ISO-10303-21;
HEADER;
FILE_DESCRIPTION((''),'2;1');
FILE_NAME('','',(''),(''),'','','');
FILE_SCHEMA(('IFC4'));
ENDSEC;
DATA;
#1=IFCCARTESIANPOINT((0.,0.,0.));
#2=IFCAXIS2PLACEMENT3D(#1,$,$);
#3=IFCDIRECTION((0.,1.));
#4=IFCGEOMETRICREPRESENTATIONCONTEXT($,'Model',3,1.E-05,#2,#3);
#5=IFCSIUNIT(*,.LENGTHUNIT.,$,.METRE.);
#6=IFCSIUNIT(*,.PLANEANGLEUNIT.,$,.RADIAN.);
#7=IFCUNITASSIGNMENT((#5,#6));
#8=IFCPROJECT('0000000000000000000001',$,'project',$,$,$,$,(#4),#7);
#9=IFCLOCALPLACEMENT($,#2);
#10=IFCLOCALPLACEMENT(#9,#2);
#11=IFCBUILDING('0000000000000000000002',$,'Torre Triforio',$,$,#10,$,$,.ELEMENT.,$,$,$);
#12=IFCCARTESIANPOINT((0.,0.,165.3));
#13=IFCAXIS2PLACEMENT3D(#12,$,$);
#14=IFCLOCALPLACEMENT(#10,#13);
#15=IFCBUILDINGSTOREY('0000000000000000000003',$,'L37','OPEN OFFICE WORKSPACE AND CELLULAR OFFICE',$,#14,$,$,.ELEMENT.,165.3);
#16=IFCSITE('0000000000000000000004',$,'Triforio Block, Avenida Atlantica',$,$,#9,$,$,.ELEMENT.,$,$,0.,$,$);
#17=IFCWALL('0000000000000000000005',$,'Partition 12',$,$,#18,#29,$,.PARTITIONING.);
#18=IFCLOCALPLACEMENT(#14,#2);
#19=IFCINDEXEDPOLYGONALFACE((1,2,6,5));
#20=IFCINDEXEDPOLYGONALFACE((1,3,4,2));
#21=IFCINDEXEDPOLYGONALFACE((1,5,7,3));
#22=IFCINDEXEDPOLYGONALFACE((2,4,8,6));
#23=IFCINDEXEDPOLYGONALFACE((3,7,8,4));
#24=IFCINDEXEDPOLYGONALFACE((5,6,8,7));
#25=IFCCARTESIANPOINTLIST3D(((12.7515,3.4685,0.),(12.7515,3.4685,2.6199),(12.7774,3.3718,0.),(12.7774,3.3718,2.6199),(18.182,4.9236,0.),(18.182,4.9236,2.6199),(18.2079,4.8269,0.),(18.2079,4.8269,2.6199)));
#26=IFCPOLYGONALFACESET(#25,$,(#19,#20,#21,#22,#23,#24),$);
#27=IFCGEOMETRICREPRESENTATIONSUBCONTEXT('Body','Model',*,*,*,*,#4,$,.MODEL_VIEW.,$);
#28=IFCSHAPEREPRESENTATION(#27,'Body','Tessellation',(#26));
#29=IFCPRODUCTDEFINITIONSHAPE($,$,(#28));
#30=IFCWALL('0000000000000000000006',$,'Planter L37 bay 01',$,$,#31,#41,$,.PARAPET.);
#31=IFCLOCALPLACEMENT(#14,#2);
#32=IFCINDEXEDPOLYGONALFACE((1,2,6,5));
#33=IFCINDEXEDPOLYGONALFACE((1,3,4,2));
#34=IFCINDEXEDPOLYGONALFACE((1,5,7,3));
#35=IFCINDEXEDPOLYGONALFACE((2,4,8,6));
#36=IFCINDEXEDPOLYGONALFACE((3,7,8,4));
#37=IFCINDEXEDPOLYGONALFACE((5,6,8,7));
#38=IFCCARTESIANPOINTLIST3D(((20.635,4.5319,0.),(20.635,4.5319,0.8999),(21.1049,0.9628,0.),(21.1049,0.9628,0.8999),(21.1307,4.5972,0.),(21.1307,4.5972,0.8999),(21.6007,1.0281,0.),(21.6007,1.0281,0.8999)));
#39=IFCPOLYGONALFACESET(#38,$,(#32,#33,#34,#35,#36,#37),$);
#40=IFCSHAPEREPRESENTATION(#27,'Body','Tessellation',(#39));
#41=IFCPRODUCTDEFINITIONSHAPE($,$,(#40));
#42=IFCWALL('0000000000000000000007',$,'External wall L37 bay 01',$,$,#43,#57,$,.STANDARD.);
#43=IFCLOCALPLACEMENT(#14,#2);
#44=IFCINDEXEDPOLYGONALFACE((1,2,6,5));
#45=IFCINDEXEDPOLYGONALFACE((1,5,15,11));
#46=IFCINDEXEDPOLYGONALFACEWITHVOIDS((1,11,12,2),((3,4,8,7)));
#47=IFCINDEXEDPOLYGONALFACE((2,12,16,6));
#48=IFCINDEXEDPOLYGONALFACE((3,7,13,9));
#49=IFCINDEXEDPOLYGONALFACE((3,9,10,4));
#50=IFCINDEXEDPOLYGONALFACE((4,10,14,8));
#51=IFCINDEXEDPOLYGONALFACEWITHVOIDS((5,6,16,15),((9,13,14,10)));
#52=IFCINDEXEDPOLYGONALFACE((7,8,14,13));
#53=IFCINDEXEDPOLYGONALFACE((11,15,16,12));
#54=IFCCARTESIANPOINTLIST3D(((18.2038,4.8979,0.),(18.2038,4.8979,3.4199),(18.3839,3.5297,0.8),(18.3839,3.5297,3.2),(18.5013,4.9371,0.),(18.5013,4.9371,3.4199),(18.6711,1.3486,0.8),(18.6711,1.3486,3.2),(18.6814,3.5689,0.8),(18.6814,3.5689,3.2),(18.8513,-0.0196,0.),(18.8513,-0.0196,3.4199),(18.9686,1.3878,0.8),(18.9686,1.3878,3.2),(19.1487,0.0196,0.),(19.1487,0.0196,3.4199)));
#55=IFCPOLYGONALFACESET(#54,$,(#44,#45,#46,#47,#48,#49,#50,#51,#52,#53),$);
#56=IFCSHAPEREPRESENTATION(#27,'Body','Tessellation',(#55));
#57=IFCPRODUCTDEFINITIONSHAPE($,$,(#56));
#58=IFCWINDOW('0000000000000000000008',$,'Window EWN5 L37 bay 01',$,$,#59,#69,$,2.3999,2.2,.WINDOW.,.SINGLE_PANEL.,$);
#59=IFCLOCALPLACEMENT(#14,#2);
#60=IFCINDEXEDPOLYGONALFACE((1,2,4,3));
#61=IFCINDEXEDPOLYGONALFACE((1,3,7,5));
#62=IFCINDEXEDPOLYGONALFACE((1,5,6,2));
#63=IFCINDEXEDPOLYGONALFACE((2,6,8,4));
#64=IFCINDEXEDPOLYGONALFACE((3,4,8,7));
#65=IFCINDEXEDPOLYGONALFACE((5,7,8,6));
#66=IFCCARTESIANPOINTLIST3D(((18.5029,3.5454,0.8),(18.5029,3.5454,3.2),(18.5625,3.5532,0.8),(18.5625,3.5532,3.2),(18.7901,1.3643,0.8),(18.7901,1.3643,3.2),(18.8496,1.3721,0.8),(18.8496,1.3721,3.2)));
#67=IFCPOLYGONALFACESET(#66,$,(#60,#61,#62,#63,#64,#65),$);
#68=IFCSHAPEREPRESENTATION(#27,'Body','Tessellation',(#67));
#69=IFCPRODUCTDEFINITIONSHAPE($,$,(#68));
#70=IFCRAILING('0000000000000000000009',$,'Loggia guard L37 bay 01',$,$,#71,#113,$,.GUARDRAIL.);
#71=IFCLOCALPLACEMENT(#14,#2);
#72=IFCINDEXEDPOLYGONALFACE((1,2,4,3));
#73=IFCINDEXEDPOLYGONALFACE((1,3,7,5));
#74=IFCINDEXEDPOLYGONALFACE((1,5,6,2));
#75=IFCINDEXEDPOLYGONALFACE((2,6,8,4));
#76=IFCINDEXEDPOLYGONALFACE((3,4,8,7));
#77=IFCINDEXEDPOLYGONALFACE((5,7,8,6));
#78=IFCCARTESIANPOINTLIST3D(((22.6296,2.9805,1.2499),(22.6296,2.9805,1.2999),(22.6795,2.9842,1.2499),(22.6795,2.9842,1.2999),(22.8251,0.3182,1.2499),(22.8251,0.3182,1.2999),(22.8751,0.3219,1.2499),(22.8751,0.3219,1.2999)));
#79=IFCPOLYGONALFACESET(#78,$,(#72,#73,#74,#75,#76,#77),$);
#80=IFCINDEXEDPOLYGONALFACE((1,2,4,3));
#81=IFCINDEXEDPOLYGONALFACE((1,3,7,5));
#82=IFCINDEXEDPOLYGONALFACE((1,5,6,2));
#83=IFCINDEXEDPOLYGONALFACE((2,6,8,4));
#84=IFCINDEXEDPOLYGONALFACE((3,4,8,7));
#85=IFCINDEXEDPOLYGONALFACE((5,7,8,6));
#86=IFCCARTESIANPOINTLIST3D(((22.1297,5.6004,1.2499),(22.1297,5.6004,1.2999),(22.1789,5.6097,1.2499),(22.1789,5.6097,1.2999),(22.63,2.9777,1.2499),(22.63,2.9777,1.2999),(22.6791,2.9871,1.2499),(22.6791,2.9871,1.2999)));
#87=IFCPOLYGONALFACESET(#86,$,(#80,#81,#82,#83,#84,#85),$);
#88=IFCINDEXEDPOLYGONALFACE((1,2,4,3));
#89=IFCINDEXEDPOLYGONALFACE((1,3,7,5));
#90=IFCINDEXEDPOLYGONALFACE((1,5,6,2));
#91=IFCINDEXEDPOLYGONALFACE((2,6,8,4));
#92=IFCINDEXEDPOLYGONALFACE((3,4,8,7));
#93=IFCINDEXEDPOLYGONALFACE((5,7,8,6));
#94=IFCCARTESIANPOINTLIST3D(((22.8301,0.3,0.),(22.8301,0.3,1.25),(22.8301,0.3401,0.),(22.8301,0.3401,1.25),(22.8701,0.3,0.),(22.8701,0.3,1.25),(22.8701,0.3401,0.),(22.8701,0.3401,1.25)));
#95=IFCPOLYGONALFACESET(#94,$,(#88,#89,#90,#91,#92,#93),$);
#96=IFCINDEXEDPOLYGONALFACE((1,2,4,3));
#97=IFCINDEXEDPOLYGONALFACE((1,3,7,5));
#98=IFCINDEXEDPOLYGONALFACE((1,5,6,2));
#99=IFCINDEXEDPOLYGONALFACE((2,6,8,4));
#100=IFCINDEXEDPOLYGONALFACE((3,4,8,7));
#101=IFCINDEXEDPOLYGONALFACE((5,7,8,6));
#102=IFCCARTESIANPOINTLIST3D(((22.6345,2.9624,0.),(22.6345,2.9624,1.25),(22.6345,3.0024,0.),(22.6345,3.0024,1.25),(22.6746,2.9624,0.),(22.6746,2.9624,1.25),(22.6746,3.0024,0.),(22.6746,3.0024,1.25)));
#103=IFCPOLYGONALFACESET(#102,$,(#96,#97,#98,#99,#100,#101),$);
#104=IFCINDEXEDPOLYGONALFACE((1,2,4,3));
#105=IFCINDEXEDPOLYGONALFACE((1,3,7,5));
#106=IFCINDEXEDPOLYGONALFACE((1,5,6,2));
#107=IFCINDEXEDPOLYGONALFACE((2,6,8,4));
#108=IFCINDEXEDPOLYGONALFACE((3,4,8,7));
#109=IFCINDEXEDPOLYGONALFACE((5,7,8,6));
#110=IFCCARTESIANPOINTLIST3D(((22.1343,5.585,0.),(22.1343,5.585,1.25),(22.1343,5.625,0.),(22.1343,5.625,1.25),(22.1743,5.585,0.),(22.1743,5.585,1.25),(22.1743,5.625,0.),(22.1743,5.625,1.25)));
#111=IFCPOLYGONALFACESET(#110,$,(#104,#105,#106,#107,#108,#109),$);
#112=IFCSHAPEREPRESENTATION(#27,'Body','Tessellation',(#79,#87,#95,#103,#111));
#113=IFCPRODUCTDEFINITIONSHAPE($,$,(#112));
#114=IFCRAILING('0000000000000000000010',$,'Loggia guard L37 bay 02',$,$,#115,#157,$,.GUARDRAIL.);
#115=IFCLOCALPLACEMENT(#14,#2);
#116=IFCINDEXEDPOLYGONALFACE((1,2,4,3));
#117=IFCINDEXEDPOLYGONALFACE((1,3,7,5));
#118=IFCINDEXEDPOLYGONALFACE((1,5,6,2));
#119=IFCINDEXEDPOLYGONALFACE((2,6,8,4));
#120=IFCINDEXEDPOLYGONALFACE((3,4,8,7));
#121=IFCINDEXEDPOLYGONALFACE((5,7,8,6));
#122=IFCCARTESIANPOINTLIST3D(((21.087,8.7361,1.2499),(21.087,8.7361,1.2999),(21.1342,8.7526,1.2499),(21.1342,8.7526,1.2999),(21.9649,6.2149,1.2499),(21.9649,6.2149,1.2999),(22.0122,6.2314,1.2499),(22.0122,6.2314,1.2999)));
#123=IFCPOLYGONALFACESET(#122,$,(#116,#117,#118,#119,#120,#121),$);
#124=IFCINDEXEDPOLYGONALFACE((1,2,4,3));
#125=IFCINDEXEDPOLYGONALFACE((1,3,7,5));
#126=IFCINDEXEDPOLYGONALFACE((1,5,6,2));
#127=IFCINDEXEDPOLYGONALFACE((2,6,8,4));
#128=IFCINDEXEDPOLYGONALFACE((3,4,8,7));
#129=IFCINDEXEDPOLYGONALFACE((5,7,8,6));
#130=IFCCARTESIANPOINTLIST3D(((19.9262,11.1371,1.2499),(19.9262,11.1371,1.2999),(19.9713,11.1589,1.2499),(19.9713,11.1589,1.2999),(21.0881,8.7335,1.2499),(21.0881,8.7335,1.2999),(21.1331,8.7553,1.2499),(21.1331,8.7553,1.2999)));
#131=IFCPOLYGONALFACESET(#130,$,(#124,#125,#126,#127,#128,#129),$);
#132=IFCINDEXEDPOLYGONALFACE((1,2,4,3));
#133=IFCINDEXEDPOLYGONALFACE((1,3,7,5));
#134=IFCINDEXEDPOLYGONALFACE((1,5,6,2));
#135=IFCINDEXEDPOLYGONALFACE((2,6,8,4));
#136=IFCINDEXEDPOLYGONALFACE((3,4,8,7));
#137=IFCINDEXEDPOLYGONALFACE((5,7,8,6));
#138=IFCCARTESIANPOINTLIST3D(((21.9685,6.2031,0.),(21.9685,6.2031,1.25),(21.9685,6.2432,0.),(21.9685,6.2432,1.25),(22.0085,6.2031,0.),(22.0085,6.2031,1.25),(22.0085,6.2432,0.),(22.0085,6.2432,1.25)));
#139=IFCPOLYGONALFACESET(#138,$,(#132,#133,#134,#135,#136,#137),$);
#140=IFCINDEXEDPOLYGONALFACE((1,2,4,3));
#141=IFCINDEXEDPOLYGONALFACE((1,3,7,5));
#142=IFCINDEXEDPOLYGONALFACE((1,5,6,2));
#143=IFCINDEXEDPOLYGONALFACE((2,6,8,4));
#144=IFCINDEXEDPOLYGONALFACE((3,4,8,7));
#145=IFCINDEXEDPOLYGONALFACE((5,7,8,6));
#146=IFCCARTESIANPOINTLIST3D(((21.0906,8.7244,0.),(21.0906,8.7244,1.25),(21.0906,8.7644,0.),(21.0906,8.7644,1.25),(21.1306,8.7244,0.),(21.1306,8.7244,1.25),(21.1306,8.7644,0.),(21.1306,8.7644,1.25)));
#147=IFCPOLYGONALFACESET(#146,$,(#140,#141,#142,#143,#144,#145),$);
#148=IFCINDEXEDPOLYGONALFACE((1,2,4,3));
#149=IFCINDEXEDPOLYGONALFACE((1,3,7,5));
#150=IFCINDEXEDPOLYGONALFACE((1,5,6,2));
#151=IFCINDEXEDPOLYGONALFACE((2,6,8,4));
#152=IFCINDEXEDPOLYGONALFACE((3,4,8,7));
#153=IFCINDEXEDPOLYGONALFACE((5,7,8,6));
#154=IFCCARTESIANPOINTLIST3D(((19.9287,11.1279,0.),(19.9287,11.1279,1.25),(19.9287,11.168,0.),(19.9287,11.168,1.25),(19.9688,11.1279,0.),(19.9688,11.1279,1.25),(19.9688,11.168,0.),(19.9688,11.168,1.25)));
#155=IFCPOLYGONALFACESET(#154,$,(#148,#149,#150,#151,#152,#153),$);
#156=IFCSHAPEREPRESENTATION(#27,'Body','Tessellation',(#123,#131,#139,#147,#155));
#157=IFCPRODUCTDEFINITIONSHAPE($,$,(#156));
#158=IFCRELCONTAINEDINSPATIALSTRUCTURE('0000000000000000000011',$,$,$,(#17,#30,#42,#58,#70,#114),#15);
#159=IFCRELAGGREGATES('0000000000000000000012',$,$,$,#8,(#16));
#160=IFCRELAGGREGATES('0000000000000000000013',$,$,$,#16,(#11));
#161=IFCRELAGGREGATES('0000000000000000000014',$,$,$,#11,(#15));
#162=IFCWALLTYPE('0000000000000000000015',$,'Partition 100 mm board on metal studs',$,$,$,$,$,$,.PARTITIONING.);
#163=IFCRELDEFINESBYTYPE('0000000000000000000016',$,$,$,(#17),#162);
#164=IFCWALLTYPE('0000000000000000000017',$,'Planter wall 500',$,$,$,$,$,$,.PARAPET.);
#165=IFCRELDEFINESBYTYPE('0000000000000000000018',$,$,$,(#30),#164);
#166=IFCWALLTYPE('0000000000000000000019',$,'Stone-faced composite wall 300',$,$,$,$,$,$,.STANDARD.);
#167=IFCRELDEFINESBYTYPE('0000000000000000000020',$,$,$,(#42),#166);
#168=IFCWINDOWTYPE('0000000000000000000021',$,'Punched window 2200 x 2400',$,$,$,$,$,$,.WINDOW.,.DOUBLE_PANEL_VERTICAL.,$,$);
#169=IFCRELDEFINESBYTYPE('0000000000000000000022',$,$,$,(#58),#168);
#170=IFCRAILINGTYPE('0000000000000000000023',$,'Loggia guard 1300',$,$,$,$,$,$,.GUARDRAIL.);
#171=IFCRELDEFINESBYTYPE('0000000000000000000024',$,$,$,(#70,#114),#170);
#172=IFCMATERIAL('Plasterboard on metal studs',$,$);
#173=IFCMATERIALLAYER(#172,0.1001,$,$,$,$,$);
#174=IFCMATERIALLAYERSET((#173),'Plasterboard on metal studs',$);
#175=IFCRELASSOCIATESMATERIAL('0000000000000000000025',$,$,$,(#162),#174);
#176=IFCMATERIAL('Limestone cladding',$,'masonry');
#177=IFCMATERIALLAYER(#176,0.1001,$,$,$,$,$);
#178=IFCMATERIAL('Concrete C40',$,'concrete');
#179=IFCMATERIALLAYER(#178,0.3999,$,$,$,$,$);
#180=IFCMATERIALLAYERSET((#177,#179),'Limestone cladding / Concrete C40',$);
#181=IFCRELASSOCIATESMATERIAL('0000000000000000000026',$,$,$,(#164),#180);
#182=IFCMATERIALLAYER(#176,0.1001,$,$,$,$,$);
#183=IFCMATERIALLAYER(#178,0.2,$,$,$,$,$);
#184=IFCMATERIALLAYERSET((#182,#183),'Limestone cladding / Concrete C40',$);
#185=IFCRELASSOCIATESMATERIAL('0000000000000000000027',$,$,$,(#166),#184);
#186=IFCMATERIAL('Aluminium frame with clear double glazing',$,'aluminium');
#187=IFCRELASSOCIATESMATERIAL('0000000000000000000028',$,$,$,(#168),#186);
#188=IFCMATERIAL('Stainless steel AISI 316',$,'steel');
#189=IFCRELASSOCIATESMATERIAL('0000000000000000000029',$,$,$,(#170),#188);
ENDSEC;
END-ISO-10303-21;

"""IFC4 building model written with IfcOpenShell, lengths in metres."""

from ifc_helpers import new_model, si_unit, direction, frame, frame_2d, origin, origin_2d, place, context, subcontext, project, spatial, rectangle, extrude, material, layer, layer_set, type_object, element, fill, save


model = new_model("IFC4")

# Units and contexts
model_context = context("Model", 3, precision=1e-05, world=origin(), true_north=direction((0.0, 1.0)))
body_context = subcontext(model_context, "Body", "Model", "MODEL_VIEW")
ifc_project = project(units=[si_unit("LENGTHUNIT", "METRE"), si_unit("PLANEANGLEUNIT", "RADIAN")], contexts=[model_context])

# Site, building, storey
site_placement = place(None, origin())
site = spatial("IfcSite", under=ifc_project, at=site_placement, Name="Triforio Block, Avenida Atlantica", CompositionType="ELEMENT", RefElevation=0.0)
building_placement = place(site_placement, origin())
building = spatial("IfcBuilding", under=site, at=building_placement, Name="Torre Triforio", CompositionType="ELEMENT")
storey_placement = place(building_placement, frame((0.0, 0.0, 165.3)))
storey = spatial("IfcBuildingStorey", under=building, at=storey_placement, Name="L37", Description="OPEN OFFICE WORKSPACE AND CELLULAR OFFICE", CompositionType="ELEMENT", Elevation=165.3)

# Shared definitions
ifc_material_1 = material(Name="Concrete C40", Category="concrete")

# Shared definitions
ifc_material_2 = material(Name="Plasterboard on metal studs")

# Walls
ifc_layer_1 = layer(ifc_material_2, 0.1001)
ifc_layer_set_1 = layer_set([ifc_layer_1], Name="Plasterboard on metal studs")
wall_type_1 = type_object("IfcWallType", Name="Partition 100 mm board on metal studs", PredefinedType="PARTITIONING", material=ifc_layer_set_1)
wall_1_placement = place(storey_placement, frame((12.7644, 3.4202, 0.0), z_axis=(0.0, 0.0, 1.0), x_axis=(0.965926, 0.258819, 0.0)))
element("IfcWall", 1, at=wall_1_placement, inside=storey, type_object=wall_type_1, Name="Partition 12", PredefinedType="PARTITIONING", context=body_context, shape_type="SweptSolid", body=[
    extrude(rectangle(XDim=5.6221, YDim=0.1001, at=frame_2d((2.811, 0.0))), origin(), (0.0, 0.0, 1.0), 2.6199),
])
ifc_material_3 = material(Name="Limestone cladding", Category="masonry")
ifc_layer_2 = layer(ifc_material_3, 0.1001)
ifc_layer_3 = layer(ifc_material_1, 0.3999)
ifc_layer_set_2 = layer_set([ifc_layer_2, ifc_layer_3], Name="Limestone cladding / Concrete C40")
wall_type_2 = type_object("IfcWallType", Name="Planter wall 500", PredefinedType="PARAPET", material=ifc_layer_set_2)
wall_2_placement = place(storey_placement, frame((21.3528, 0.9956, 0.0), z_axis=(0.0, 0.0, 1.0), x_axis=(-0.130551, 0.991442, 0.0)))
element("IfcWall", 2, at=wall_2_placement, inside=storey, type_object=wall_type_2, Name="Planter L37 bay 01", PredefinedType="PARAPET", context=body_context, shape_type="SweptSolid", body=[
    extrude(rectangle(XDim=3.5999, YDim=0.5, at=frame_2d((1.7998, 0.0))), origin(), (0.0, 0.0, 1.0), 0.8999),
])

# Wall, opening, window
ifc_layer_4 = layer(ifc_material_3, 0.1001)
ifc_layer_5 = layer(ifc_material_1, 0.2)
ifc_layer_set_3 = layer_set([ifc_layer_4, ifc_layer_5], Name="Limestone cladding / Concrete C40")
wall_type_3 = type_object("IfcWallType", Name="Stone-faced composite wall 300", PredefinedType="STANDARD", material=ifc_layer_set_3)
wall_3_placement = place(storey_placement, frame((19.0, 0.0, 0.0), z_axis=(0.0, 0.0, 1.0), x_axis=(-0.130539, 0.991443, 0.0)))
wall_3 = element("IfcWall", 3, at=wall_3_placement, inside=storey, type_object=wall_type_3, Name="External wall L37 bay 01", PredefinedType="STANDARD", context=body_context, shape_type="SweptSolid", body=[
    extrude(rectangle(XDim=4.96, YDim=0.3, at=frame_2d((2.48, 0.0))), origin(), (0.0, 0.0, 1.0), 3.4199),
])
opening_1_placement = place(wall_3_placement, frame((1.3799, 0.0, 0.8)))
opening_1 = element("IfcOpeningElement", 4, at=opening_1_placement, cuts=wall_3, PredefinedType="OPENING", context=body_context, shape_type="SweptSolid", body=[
    extrude(rectangle(XDim=2.2, YDim=2.3999, at=frame_2d((1.1001, 1.2))), frame((0.0, 0.1599, 0.0), z_axis=(0.0, -1.0, 0.0), x_axis=(1.0, 0.0, 0.0)), (0.0, 0.0, 1.0), 0.3201),
])
ifc_material_4 = material(Name="Aluminium frame with clear double glazing", Category="aluminium")
window_type_1 = type_object("IfcWindowType", Name="Punched window 2200 x 2400", PartitioningType="DOUBLE_PANEL_VERTICAL", PredefinedType="WINDOW", material=ifc_material_4)
window_1_placement = place(opening_1_placement, origin())
window_1 = element("IfcWindow", 5, at=window_1_placement, inside=storey, type_object=window_type_1, Name="Window EWN5 L37 bay 01", OverallHeight=2.3999, OverallWidth=2.2, PartitioningType="SINGLE_PANEL", PredefinedType="WINDOW", context=body_context, shape_type="SweptSolid", body=[
    extrude(rectangle(XDim=2.2, YDim=2.3999, at=frame_2d((1.1001, 1.2))), frame((0.0, 0.03, 0.0), z_axis=(0.0, -1.0, 0.0), x_axis=(1.0, 0.0, 0.0)), (0.0, 0.0, 1.0), 0.0601),
])
fill(opening_1, window_1)

# Railings
ifc_material_5 = material(Name="Stainless steel AISI 316", Category="steel")
railing_type = type_object("IfcRailingType", Name="Loggia guard 1300", PredefinedType="GUARDRAIL", material=ifc_material_5)
railing_1_placement = place(storey_placement, frame((22.8501, 0.3201, 0.0)))
element("IfcRailing", 6, at=railing_1_placement, inside=storey, type_object=railing_type, Name="Loggia guard L37 bay 01", PredefinedType="GUARDRAIL", context=body_context, shape_type="SweptSolid", body=[
    extrude(rectangle(XDim=0.05, YDim=0.05, at=origin_2d()), frame((0.0, 0.0, 1.2749), z_axis=(-0.073255, 0.997313, 0.0), x_axis=(-0.997313, -0.073255, 0.0)), (0.0, 0.0, 1.0), 2.6694),
    extrude(rectangle(XDim=0.05, YDim=0.05, at=origin_2d()), frame((-0.1956, 2.6624, 1.2749), z_axis=(-0.187368, 0.98229, 0.0), x_axis=(-0.98229, -0.187368, 0.0)), (0.0, 0.0, 1.0), 2.6699),
    extrude(rectangle(XDim=0.04, YDim=0.04, at=origin_2d()), origin(), (0.0, 0.0, 1.0), 1.25),
    extrude(rectangle(XDim=0.04, YDim=0.04, at=origin_2d()), frame((-0.1956, 2.6624, 0.0)), (0.0, 0.0, 1.0), 1.25),
    extrude(rectangle(XDim=0.04, YDim=0.04, at=origin_2d()), frame((-0.6958, 5.2849, 0.0)), (0.0, 0.0, 1.0), 1.25),
])
railing_2_placement = place(storey_placement, frame((21.9885, 6.2231, 0.0)))
element("IfcRailing", 7, at=railing_2_placement, inside=storey, type_object=railing_type, Name="Loggia guard L37 bay 02", PredefinedType="GUARDRAIL", context=body_context, shape_type="SweptSolid", body=[
    extrude(rectangle(XDim=0.05, YDim=0.05, at=origin_2d()), frame((0.0, 0.0, 1.2749), z_axis=(-0.328847, 0.944383, 0.0), x_axis=(-0.944383, -0.328847, 0.0)), (0.0, 0.0, 1.0), 2.6697),
    extrude(rectangle(XDim=0.05, YDim=0.05, at=origin_2d()), frame((-0.8779, 2.5212, 1.2749), z_axis=(-0.435212, 0.900328, 0.0), x_axis=(-0.900328, -0.435212, 0.0)), (0.0, 0.0, 1.0), 2.6697),
    extrude(rectangle(XDim=0.04, YDim=0.04, at=origin_2d()), origin(), (0.0, 0.0, 1.0), 1.25),
    extrude(rectangle(XDim=0.04, YDim=0.04, at=origin_2d()), frame((-0.8779, 2.5212, 0.0)), (0.0, 0.0, 1.0), 1.25),
    extrude(rectangle(XDim=0.04, YDim=0.04, at=origin_2d()), frame((-2.0398, 4.9248, 0.0)), (0.0, 0.0, 1.0), 1.25),
])

save(model, "model.ifc")
